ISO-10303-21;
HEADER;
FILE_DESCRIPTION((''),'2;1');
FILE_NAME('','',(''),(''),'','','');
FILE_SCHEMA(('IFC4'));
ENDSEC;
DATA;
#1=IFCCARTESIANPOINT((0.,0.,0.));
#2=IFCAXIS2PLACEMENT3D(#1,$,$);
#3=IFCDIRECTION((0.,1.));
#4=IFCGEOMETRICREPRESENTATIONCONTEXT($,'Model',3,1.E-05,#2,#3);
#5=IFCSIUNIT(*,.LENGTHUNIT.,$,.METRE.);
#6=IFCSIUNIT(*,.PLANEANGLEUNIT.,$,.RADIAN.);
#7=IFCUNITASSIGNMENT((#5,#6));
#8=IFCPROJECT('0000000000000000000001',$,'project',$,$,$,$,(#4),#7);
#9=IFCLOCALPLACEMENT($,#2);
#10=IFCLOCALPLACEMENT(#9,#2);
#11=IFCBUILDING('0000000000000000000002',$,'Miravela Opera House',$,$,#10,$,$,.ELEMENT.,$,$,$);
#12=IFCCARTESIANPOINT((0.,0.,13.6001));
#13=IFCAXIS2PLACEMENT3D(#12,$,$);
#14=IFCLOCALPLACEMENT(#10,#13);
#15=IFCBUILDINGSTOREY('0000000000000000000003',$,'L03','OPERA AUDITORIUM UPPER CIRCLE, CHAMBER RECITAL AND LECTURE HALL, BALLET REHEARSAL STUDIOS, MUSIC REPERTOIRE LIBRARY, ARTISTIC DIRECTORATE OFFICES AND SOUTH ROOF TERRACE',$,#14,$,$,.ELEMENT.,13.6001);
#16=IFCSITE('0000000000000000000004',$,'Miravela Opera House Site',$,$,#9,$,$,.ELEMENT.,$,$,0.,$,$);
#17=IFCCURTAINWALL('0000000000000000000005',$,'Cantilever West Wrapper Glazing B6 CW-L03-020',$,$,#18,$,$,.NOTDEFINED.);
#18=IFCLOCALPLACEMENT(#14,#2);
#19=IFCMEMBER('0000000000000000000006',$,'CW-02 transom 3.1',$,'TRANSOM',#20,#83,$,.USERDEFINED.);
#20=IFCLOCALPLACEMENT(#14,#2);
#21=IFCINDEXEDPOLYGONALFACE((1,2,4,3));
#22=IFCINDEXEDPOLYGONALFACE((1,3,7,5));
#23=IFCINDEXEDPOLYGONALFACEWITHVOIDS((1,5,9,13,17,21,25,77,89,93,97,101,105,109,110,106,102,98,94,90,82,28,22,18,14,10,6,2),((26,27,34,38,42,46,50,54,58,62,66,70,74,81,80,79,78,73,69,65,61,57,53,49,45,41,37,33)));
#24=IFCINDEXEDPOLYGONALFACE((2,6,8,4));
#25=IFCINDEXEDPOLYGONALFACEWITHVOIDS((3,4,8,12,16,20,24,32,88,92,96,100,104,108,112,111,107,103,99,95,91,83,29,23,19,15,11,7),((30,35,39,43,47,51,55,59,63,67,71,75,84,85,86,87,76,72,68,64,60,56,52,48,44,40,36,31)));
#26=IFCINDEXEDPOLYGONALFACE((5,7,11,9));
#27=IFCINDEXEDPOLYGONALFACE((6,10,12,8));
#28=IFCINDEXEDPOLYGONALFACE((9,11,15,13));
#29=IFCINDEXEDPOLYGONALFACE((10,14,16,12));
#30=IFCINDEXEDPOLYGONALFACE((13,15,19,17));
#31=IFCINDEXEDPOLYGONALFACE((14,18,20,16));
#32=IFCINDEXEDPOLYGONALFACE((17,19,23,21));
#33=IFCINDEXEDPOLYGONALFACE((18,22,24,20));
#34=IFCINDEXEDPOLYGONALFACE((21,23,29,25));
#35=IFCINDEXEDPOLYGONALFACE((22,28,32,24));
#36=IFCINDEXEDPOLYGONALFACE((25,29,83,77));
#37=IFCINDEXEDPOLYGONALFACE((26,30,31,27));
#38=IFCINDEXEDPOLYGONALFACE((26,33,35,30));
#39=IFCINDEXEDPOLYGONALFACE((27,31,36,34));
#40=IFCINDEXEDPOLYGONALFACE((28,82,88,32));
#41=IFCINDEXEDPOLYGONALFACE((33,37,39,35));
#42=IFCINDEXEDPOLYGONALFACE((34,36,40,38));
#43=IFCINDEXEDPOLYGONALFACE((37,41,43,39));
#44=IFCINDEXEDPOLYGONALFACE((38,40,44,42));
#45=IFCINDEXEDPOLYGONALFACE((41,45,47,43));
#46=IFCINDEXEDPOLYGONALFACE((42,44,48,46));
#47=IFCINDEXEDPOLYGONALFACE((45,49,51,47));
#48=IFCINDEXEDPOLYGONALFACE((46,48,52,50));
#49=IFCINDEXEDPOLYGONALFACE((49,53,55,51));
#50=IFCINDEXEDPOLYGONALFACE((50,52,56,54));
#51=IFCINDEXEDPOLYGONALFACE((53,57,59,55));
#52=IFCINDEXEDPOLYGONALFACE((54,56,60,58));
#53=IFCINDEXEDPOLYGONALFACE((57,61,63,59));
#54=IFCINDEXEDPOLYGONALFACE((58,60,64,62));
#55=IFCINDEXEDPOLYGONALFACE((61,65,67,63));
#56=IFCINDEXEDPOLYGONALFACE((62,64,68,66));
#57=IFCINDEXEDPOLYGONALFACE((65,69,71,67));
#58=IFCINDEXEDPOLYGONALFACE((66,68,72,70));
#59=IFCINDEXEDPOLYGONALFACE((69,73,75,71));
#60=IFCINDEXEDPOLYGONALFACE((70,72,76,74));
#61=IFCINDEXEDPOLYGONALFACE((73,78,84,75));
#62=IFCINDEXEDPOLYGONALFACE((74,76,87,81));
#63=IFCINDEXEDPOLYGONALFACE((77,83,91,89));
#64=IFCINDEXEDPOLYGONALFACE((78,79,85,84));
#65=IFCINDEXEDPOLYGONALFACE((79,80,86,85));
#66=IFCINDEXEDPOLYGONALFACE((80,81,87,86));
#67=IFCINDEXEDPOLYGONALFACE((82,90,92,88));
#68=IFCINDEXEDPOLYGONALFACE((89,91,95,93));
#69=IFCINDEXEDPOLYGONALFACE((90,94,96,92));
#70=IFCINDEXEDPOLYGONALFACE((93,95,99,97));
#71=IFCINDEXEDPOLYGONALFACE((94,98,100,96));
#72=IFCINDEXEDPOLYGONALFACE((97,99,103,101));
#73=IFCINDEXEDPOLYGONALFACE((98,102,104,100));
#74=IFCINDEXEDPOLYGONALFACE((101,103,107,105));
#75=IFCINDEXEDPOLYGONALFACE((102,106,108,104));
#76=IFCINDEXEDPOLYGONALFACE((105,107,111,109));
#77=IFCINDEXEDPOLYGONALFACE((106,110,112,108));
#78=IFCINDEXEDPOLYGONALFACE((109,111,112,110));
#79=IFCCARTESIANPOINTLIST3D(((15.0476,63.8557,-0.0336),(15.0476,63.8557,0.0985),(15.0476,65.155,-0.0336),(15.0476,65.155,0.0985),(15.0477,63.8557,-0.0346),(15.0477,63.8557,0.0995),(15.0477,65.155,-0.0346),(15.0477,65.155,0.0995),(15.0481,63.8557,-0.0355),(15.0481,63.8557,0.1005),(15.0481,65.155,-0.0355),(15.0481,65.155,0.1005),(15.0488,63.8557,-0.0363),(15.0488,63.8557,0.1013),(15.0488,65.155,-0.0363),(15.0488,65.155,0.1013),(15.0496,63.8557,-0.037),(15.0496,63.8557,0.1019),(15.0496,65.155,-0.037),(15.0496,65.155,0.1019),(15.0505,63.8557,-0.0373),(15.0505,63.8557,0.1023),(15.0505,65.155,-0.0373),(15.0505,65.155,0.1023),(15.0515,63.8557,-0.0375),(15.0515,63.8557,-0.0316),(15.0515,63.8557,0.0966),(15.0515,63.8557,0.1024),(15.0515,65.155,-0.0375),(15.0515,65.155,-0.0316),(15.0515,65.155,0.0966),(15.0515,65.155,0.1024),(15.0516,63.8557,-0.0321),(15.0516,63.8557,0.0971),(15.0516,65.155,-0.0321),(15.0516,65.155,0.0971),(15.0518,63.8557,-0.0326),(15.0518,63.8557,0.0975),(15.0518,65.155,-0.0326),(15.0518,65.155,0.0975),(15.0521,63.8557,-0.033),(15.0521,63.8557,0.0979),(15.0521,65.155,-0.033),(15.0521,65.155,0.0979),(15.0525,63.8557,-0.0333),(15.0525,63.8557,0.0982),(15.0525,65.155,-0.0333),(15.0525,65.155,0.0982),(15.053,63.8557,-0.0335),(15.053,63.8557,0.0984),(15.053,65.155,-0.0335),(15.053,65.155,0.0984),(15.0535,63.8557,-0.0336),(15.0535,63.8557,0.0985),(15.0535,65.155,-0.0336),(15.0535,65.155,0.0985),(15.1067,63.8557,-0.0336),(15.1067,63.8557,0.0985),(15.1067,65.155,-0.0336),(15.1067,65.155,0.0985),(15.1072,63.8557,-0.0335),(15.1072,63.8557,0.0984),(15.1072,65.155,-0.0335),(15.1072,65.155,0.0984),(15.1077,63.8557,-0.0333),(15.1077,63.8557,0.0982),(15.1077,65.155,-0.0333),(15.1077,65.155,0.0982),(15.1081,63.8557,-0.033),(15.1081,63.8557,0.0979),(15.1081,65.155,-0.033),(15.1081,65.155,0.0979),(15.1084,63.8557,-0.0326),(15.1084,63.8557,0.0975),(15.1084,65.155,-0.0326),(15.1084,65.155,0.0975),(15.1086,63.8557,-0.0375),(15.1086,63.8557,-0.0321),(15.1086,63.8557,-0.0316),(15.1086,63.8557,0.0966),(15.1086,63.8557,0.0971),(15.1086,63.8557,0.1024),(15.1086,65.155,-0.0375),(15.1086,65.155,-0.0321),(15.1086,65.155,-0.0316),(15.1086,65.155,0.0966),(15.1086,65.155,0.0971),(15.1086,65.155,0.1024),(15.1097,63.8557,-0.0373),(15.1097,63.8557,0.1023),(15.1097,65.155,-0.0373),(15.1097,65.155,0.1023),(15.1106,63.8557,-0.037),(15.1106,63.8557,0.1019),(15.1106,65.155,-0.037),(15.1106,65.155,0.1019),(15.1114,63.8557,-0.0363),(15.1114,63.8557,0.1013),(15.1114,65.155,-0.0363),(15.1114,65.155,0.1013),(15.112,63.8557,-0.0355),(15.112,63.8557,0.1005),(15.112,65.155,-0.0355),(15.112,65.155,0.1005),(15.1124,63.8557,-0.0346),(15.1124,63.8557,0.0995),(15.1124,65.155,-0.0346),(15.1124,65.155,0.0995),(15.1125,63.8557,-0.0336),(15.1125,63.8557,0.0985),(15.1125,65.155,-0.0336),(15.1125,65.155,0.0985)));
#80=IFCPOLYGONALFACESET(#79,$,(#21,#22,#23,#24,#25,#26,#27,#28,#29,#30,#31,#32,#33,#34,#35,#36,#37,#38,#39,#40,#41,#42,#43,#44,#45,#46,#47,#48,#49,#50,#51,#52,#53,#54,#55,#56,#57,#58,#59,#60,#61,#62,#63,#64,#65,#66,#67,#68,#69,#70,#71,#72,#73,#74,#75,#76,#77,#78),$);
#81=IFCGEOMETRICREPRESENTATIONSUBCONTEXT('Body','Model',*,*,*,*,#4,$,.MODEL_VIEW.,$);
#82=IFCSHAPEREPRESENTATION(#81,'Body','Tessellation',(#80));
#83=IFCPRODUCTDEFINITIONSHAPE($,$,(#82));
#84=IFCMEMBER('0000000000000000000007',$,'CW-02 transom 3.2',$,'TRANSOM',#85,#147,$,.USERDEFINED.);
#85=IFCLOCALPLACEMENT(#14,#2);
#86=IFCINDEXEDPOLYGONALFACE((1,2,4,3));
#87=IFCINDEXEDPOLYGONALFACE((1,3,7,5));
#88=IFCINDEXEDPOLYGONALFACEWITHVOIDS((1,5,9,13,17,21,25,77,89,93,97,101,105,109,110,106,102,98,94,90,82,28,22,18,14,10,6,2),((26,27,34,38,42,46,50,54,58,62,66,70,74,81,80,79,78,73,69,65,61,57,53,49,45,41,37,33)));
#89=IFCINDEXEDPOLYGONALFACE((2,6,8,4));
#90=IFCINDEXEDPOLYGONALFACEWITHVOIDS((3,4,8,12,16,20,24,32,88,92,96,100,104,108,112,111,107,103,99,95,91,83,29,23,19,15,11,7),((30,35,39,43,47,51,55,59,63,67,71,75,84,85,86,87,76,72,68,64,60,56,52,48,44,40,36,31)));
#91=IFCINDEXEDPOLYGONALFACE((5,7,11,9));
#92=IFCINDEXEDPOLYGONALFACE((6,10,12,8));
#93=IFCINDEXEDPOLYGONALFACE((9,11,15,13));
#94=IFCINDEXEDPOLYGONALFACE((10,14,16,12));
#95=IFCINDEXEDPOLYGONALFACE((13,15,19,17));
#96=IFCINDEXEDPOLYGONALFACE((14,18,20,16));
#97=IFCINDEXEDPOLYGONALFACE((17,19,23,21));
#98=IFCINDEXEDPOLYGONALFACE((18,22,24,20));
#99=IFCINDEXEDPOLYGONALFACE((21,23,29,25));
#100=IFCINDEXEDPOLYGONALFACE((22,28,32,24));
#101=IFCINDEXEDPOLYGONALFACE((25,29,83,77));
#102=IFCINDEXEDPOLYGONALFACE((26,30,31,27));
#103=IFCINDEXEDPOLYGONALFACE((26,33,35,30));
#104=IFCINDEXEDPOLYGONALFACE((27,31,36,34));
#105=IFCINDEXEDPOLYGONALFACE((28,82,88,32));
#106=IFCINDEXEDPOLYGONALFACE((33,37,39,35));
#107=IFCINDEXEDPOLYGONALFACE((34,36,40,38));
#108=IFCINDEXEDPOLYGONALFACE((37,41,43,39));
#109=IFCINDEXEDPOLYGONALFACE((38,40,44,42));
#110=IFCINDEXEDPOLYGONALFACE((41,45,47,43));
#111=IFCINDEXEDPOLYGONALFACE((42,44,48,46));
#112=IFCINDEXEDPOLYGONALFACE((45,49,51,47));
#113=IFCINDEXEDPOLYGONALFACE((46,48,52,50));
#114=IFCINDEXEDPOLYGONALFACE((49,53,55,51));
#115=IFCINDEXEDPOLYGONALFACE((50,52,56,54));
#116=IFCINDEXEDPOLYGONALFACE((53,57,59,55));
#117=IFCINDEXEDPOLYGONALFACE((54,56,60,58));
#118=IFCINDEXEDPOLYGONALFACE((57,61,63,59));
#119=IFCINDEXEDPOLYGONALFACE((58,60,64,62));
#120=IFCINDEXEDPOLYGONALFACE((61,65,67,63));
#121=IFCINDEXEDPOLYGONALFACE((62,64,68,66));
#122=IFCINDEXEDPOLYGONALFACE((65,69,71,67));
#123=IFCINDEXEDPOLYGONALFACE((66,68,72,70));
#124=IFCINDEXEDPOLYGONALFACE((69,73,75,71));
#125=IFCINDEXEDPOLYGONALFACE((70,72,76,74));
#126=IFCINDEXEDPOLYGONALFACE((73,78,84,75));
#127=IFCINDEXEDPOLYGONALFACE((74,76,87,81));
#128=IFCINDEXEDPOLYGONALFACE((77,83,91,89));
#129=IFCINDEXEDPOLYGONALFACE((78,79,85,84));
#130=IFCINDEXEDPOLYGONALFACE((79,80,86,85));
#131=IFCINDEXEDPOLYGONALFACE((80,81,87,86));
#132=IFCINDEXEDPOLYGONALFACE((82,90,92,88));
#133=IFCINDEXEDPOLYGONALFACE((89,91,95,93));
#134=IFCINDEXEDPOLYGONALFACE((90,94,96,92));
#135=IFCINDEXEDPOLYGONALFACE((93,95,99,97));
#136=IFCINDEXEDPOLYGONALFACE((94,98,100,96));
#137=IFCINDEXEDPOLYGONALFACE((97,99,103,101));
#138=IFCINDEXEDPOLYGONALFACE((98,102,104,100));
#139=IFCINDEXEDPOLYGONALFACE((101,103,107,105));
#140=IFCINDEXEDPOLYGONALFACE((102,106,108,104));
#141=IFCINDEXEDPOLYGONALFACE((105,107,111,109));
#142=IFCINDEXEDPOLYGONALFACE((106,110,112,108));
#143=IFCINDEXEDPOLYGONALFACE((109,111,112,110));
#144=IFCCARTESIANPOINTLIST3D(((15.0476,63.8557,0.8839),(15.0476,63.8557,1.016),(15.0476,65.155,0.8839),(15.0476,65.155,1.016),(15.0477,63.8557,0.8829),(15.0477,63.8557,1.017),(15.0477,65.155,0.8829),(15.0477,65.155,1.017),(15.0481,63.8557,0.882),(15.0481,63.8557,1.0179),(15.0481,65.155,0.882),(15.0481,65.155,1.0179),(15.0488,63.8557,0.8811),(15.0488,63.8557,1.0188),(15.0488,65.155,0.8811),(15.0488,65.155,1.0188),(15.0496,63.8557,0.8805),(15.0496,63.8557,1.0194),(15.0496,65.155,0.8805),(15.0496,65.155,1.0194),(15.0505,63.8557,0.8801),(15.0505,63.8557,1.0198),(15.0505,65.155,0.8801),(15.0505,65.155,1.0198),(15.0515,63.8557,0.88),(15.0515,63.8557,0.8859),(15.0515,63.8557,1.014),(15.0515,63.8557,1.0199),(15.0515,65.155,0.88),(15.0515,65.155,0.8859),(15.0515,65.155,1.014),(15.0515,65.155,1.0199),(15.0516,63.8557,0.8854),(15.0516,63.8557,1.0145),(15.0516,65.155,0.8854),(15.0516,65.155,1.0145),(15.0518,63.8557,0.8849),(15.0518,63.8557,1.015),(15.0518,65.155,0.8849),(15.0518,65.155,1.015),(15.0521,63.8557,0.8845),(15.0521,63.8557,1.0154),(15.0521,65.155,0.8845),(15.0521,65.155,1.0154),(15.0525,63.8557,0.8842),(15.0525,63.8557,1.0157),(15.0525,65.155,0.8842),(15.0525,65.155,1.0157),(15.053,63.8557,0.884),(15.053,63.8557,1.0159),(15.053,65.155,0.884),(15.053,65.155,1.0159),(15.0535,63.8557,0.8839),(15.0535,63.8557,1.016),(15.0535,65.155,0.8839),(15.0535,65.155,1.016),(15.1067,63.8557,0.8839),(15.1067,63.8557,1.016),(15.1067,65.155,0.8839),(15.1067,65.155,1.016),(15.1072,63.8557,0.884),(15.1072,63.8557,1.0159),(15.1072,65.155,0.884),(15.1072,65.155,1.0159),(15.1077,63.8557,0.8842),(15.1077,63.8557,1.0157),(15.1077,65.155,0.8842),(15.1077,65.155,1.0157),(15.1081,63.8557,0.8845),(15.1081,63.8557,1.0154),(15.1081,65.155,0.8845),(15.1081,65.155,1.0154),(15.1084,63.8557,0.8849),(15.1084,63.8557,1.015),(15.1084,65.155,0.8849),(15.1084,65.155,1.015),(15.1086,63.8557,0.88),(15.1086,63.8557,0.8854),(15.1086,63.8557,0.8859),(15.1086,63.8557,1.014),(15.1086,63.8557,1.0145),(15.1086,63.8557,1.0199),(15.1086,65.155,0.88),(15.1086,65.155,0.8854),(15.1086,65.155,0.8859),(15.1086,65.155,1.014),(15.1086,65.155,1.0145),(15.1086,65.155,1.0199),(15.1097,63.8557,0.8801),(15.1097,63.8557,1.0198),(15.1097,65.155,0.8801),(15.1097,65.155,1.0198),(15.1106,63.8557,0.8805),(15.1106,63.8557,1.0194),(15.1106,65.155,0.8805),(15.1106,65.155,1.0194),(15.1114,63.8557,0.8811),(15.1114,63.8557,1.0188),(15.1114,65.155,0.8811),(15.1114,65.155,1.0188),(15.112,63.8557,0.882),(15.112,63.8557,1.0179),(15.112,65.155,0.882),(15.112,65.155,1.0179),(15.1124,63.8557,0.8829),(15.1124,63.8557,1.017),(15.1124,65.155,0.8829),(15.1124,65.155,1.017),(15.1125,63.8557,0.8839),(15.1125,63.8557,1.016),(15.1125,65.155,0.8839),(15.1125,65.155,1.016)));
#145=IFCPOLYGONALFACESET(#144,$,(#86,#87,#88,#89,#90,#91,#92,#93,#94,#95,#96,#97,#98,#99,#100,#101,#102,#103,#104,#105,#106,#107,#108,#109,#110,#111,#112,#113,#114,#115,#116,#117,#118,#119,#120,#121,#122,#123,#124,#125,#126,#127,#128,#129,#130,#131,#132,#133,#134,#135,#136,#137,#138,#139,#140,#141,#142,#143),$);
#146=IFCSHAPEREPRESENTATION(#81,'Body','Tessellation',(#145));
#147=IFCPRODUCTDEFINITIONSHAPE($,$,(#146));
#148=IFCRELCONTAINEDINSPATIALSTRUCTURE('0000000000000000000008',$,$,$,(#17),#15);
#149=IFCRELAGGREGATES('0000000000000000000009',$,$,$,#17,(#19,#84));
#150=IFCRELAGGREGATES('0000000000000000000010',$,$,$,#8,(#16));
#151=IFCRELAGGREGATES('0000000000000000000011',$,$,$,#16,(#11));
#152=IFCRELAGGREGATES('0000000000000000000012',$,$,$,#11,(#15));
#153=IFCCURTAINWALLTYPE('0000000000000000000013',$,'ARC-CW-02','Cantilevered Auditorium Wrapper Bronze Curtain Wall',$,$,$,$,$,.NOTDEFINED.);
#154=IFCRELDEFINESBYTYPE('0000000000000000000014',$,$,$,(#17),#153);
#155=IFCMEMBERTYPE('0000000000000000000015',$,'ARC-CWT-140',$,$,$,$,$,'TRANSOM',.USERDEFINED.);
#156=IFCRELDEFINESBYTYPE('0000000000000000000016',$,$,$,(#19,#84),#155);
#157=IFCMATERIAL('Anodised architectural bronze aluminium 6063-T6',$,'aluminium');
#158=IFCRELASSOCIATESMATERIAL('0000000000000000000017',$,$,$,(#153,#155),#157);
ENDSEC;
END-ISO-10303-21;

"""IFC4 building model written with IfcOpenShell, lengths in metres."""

from ifc_helpers import new_model, si_unit, direction, frame, origin, origin_2d, place, context, subcontext, project, spatial, hollow_rectangle, extrude, material, material_profile, profile_set, type_object, element, aggregate, save


model = new_model("IFC4")

# Units and contexts
model_context = context("Model", 3, precision=1e-05, world=origin(), true_north=direction((0.0, 1.0)))
body_context = subcontext(model_context, "Body", "Model", "MODEL_VIEW")
ifc_project = project(units=[si_unit("LENGTHUNIT", "METRE"), si_unit("PLANEANGLEUNIT", "RADIAN")], contexts=[model_context])

# Site, building, storey
site_placement = place(None, origin())
site = spatial("IfcSite", under=ifc_project, at=site_placement, Name="Miravela Opera House Site", CompositionType="ELEMENT", RefElevation=0.0)
building_placement = place(site_placement, origin())
building = spatial("IfcBuilding", under=site, at=building_placement, Name="Miravela Opera House", CompositionType="ELEMENT")
storey_placement = place(building_placement, frame((0.0, 0.0, 13.6001)))
storey = spatial("IfcBuildingStorey", under=building, at=storey_placement, Name="L03", Description="OPERA AUDITORIUM UPPER CIRCLE, CHAMBER RECITAL AND LECTURE HALL, BALLET REHEARSAL STUDIOS, MUSIC REPERTOIRE LIBRARY, ARTISTIC DIRECTORATE OFFICES AND SOUTH ROOF TERRACE", CompositionType="ELEMENT", Elevation=13.6001)

# Curtain wall
ifc_material_1 = material(Name="Anodised architectural bronze aluminium 6063-T6", Category="aluminium")
curtain_wall_type = type_object("IfcCurtainWallType", Name="ARC-CW-02", Description="Cantilevered Auditorium Wrapper Bronze Curtain Wall", PredefinedType="NOTDEFINED", material=ifc_material_1)
curtain_wall_1_placement = place(storey_placement, origin())
curtain_wall_1 = element("IfcCurtainWall", 1, at=curtain_wall_1_placement, inside=storey, type_object=curtain_wall_type, Name="Cantilever West Wrapper Glazing B6 CW-L03-020", PredefinedType="NOTDEFINED")

# Members
ifc_material_profile_1 = material_profile(ifc_material_1, hollow_rectangle(XDim=0.0649, YDim=0.1399, WallThickness=0.0039, InnerFilletRadius=0.002, OuterFilletRadius=0.0039, at=origin_2d()), Name="CWT-65X140")
ifc_profile_set_1 = profile_set([ifc_material_profile_1])
member_type_1 = type_object("IfcMemberType", Name="ARC-CWT-140", ElementType="TRANSOM", PredefinedType="USERDEFINED", material=ifc_profile_set_1)
member_1_placement = place(storey_placement, frame((15.0801, 63.8557, 0.0325), z_axis=(0.0, 1.0, 0.0), x_axis=(-1.0, 0.0, 0.0)))
member_1 = element("IfcMember", 2, at=member_1_placement, type_object=member_type_1, Name="CW-02 transom 3.1", ObjectType="TRANSOM", PredefinedType="USERDEFINED", context=body_context, shape_type="SweptSolid", body=[
    extrude(hollow_rectangle(XDim=0.0649, YDim=0.1399, WallThickness=0.0039, InnerFilletRadius=0.002, OuterFilletRadius=0.0039, at=origin_2d()), origin(), (0.0, 0.0, 1.0), 1.2993),
])
member_2_placement = place(storey_placement, frame((15.0801, 63.8557, 0.95), z_axis=(0.0, 1.0, 0.0), x_axis=(-1.0, 0.0, 0.0)))
member_2 = element("IfcMember", 3, at=member_2_placement, type_object=member_type_1, Name="CW-02 transom 3.2", ObjectType="TRANSOM", PredefinedType="USERDEFINED", context=body_context, shape_type="SweptSolid", body=[
    extrude(hollow_rectangle(XDim=0.0649, YDim=0.1399, WallThickness=0.0039, InnerFilletRadius=0.002, OuterFilletRadius=0.0039, at=origin_2d()), origin(), (0.0, 0.0, 1.0), 1.2993),
])

aggregate(curtain_wall_1, [member_1, member_2])

save(model, "model.ifc")
